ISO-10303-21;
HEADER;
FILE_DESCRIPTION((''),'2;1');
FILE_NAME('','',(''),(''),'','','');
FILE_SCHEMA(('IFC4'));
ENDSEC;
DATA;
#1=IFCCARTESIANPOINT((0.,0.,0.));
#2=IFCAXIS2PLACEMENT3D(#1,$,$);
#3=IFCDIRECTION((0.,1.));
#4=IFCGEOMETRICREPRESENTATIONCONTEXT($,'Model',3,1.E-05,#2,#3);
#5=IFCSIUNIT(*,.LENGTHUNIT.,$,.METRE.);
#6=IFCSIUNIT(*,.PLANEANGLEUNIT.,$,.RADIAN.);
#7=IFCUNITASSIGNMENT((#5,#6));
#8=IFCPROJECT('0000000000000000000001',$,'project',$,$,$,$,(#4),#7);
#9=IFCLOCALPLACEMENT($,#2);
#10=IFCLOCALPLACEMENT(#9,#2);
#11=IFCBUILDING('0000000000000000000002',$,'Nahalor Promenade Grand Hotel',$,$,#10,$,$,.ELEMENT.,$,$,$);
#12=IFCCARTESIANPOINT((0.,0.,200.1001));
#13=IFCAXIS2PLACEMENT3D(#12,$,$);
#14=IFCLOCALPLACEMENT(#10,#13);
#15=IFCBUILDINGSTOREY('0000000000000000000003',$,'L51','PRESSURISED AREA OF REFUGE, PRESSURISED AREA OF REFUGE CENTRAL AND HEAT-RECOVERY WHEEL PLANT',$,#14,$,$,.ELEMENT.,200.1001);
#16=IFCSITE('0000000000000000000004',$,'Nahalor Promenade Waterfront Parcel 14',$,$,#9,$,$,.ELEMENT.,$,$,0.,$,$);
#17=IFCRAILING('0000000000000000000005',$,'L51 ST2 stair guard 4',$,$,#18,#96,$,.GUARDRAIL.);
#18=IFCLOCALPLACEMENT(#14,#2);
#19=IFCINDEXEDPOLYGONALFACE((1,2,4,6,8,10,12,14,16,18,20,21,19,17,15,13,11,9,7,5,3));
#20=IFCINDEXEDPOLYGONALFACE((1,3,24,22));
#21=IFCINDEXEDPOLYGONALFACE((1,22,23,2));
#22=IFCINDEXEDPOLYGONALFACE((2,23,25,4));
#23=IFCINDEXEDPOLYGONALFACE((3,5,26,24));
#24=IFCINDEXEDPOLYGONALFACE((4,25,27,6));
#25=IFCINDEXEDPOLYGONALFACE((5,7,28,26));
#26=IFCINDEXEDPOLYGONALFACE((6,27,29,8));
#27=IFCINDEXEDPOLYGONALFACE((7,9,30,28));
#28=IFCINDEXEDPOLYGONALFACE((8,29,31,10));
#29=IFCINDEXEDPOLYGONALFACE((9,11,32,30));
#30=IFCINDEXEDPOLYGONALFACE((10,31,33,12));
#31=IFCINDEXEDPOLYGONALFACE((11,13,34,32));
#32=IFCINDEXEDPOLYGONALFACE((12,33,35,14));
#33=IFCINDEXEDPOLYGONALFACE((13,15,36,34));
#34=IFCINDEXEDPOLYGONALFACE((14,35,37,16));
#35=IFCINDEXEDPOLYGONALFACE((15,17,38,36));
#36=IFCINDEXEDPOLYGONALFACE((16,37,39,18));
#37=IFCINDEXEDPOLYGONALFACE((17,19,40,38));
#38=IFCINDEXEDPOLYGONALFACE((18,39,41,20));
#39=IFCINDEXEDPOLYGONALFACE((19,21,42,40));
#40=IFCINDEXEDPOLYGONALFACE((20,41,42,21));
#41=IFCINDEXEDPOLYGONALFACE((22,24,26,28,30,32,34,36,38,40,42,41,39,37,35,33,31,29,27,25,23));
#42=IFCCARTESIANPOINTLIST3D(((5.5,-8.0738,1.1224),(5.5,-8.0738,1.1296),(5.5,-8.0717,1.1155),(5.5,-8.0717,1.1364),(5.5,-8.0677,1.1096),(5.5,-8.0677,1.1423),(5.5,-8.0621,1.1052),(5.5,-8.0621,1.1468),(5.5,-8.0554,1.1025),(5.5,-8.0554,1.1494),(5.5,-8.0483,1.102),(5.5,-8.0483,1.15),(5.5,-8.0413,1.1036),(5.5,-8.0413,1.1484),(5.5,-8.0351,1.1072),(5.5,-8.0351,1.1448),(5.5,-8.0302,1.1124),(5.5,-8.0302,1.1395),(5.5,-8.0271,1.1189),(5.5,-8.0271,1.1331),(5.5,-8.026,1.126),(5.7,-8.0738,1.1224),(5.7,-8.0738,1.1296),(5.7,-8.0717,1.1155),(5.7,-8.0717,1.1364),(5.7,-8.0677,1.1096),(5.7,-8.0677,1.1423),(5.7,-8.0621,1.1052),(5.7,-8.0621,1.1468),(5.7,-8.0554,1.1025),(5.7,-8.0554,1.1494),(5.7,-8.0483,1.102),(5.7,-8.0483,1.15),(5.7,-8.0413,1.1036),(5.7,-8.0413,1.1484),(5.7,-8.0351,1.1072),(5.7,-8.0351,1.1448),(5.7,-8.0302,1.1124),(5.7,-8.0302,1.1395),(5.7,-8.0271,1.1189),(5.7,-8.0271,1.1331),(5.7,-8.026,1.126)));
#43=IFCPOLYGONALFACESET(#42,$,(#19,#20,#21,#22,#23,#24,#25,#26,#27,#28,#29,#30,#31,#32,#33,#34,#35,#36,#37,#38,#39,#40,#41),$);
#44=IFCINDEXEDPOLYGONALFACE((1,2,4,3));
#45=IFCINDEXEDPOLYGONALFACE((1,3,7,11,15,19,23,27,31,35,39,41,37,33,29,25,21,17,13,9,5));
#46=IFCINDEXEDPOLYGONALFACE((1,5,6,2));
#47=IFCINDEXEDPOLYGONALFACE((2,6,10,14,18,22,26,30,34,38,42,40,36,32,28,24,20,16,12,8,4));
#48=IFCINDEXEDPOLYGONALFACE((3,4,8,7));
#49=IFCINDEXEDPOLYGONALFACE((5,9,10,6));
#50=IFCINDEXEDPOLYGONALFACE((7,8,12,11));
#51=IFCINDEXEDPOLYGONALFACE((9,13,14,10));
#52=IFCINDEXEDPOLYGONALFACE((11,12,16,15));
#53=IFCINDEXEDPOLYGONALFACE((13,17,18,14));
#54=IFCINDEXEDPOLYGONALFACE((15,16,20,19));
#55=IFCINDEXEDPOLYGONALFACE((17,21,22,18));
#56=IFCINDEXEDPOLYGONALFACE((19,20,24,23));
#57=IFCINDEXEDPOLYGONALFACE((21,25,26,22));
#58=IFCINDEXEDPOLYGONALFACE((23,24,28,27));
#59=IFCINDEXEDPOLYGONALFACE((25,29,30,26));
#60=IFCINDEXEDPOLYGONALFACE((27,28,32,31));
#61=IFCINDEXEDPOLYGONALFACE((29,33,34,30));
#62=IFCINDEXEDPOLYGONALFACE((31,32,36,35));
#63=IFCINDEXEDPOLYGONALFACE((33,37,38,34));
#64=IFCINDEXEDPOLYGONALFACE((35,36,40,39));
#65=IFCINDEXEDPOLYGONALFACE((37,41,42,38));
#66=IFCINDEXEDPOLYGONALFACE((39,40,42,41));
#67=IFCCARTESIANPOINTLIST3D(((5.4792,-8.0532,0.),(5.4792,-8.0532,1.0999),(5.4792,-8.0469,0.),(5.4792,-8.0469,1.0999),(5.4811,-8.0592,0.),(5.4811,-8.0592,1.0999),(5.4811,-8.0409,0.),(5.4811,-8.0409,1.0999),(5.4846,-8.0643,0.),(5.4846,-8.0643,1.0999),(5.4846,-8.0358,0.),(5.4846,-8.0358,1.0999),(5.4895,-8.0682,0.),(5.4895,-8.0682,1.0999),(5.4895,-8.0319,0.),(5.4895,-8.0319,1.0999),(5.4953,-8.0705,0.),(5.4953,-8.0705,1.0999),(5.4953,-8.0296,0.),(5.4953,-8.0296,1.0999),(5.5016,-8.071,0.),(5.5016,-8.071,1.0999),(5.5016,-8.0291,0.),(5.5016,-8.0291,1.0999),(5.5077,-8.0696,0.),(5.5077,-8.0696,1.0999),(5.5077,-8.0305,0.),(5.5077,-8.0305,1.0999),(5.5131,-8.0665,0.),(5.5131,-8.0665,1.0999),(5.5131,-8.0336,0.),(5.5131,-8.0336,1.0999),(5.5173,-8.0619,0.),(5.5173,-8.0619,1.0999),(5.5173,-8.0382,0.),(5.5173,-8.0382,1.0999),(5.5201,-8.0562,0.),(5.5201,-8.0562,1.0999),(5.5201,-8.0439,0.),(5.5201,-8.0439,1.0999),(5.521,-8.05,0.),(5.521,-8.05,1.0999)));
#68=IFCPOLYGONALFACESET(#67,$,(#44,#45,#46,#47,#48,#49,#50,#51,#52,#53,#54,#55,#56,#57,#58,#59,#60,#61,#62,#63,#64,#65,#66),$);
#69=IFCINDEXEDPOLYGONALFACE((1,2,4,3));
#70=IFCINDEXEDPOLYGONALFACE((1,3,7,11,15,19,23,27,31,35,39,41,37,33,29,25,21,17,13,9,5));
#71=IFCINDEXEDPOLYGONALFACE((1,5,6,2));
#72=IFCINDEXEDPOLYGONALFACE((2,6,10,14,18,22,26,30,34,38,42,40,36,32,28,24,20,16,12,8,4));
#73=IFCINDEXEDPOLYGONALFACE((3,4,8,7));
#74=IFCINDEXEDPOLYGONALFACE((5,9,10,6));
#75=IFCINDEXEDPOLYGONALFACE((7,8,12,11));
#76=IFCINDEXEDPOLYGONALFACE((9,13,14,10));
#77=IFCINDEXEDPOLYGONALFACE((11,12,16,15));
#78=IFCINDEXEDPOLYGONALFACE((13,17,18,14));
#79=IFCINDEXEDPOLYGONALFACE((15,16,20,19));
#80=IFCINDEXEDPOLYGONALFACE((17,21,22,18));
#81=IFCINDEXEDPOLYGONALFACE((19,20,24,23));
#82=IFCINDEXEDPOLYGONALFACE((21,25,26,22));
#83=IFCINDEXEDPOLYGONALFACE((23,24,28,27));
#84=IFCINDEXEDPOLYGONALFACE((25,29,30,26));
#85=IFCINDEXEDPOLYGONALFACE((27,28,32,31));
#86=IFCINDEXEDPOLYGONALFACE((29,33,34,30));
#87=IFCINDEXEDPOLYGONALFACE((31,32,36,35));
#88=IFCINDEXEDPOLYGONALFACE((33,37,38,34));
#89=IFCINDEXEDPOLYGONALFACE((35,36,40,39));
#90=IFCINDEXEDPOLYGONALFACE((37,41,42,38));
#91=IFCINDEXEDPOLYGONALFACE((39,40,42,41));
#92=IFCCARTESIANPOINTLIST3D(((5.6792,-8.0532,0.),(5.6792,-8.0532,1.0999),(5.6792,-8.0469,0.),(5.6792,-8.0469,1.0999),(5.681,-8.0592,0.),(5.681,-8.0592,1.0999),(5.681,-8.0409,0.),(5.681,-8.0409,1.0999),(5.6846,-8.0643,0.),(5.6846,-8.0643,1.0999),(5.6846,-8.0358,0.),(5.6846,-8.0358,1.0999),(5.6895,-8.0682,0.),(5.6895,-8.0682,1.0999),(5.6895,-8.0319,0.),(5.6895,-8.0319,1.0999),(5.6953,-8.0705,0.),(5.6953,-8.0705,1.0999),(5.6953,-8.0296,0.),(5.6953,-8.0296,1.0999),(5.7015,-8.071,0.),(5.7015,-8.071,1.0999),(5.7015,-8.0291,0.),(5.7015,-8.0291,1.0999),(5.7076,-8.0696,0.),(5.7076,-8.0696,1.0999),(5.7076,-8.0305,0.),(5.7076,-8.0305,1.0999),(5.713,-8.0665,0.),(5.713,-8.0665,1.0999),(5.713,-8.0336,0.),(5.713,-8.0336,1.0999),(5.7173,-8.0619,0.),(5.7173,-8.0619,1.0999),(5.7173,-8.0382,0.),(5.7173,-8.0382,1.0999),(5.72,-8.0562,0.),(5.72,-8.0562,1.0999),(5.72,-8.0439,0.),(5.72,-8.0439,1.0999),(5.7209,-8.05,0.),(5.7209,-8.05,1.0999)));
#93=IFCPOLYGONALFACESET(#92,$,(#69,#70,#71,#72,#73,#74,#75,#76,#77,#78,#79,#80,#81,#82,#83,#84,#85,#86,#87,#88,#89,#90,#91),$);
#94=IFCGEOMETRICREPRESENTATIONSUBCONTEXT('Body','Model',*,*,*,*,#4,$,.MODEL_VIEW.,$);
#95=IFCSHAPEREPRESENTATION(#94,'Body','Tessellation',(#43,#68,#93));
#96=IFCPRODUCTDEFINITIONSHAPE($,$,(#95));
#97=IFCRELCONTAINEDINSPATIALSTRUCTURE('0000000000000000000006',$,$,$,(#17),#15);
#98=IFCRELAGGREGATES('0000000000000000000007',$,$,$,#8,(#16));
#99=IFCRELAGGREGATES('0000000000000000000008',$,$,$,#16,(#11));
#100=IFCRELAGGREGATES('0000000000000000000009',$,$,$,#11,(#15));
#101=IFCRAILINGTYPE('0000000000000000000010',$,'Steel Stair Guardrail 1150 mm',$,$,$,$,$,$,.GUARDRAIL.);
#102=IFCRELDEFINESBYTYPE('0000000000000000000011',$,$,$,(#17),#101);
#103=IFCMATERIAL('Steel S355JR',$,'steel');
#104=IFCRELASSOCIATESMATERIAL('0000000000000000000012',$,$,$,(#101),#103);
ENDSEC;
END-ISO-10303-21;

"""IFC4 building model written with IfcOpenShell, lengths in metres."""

from ifc_helpers import new_model, si_unit, direction, frame, origin, origin_2d, place, context, subcontext, project, spatial, circle, extrude, material, type_object, element, save


model = new_model("IFC4")

# Units and contexts
model_context = context("Model", 3, precision=1e-05, world=origin(), true_north=direction((0.0, 1.0)))
body_context = subcontext(model_context, "Body", "Model", "MODEL_VIEW")
ifc_project = project(units=[si_unit("LENGTHUNIT", "METRE"), si_unit("PLANEANGLEUNIT", "RADIAN")], contexts=[model_context])

# Site, building, storey
site_placement = place(None, origin())
site = spatial("IfcSite", under=ifc_project, at=site_placement, Name="Nahalor Promenade Waterfront Parcel 14", CompositionType="ELEMENT", RefElevation=0.0)
building_placement = place(site_placement, origin())
building = spatial("IfcBuilding", under=site, at=building_placement, Name="Nahalor Promenade Grand Hotel", CompositionType="ELEMENT")
storey_placement = place(building_placement, frame((0.0, 0.0, 200.1001)))
storey = spatial("IfcBuildingStorey", under=building, at=storey_placement, Name="L51", Description="PRESSURISED AREA OF REFUGE, PRESSURISED AREA OF REFUGE CENTRAL AND HEAT-RECOVERY WHEEL PLANT", CompositionType="ELEMENT", Elevation=200.1001)

# Shared definitions
ifc_material_1 = material(Name="Steel S355JR", Category="steel")

# Railing
railing_type_1 = type_object("IfcRailingType", Name="Steel Stair Guardrail 1150 mm", PredefinedType="GUARDRAIL", material=ifc_material_1)
railing_1_placement = place(storey_placement, frame((5.5, -8.05, 0.0)))
element("IfcRailing", 1, at=railing_1_placement, inside=storey, type_object=railing_type_1, Name="L51 ST2 stair guard 4", PredefinedType="GUARDRAIL", context=body_context, shape_type="SweptSolid", body=[
    extrude(circle(Radius=0.024, at=origin_2d()), frame((0.0, 0.0, 1.126), z_axis=(1.0, 0.0, 0.0), x_axis=(0.0, 1.0, 0.0)), (0.0, 0.0, 1.0), 0.2),
    extrude(circle(Radius=0.021, at=origin_2d()), origin(), (0.0, 0.0, 1.0), 1.0999),
    extrude(circle(Radius=0.021, at=origin_2d()), frame((0.2, 0.0, 0.0)), (0.0, 0.0, 1.0), 1.0999),
])

save(model, "model.ifc")
